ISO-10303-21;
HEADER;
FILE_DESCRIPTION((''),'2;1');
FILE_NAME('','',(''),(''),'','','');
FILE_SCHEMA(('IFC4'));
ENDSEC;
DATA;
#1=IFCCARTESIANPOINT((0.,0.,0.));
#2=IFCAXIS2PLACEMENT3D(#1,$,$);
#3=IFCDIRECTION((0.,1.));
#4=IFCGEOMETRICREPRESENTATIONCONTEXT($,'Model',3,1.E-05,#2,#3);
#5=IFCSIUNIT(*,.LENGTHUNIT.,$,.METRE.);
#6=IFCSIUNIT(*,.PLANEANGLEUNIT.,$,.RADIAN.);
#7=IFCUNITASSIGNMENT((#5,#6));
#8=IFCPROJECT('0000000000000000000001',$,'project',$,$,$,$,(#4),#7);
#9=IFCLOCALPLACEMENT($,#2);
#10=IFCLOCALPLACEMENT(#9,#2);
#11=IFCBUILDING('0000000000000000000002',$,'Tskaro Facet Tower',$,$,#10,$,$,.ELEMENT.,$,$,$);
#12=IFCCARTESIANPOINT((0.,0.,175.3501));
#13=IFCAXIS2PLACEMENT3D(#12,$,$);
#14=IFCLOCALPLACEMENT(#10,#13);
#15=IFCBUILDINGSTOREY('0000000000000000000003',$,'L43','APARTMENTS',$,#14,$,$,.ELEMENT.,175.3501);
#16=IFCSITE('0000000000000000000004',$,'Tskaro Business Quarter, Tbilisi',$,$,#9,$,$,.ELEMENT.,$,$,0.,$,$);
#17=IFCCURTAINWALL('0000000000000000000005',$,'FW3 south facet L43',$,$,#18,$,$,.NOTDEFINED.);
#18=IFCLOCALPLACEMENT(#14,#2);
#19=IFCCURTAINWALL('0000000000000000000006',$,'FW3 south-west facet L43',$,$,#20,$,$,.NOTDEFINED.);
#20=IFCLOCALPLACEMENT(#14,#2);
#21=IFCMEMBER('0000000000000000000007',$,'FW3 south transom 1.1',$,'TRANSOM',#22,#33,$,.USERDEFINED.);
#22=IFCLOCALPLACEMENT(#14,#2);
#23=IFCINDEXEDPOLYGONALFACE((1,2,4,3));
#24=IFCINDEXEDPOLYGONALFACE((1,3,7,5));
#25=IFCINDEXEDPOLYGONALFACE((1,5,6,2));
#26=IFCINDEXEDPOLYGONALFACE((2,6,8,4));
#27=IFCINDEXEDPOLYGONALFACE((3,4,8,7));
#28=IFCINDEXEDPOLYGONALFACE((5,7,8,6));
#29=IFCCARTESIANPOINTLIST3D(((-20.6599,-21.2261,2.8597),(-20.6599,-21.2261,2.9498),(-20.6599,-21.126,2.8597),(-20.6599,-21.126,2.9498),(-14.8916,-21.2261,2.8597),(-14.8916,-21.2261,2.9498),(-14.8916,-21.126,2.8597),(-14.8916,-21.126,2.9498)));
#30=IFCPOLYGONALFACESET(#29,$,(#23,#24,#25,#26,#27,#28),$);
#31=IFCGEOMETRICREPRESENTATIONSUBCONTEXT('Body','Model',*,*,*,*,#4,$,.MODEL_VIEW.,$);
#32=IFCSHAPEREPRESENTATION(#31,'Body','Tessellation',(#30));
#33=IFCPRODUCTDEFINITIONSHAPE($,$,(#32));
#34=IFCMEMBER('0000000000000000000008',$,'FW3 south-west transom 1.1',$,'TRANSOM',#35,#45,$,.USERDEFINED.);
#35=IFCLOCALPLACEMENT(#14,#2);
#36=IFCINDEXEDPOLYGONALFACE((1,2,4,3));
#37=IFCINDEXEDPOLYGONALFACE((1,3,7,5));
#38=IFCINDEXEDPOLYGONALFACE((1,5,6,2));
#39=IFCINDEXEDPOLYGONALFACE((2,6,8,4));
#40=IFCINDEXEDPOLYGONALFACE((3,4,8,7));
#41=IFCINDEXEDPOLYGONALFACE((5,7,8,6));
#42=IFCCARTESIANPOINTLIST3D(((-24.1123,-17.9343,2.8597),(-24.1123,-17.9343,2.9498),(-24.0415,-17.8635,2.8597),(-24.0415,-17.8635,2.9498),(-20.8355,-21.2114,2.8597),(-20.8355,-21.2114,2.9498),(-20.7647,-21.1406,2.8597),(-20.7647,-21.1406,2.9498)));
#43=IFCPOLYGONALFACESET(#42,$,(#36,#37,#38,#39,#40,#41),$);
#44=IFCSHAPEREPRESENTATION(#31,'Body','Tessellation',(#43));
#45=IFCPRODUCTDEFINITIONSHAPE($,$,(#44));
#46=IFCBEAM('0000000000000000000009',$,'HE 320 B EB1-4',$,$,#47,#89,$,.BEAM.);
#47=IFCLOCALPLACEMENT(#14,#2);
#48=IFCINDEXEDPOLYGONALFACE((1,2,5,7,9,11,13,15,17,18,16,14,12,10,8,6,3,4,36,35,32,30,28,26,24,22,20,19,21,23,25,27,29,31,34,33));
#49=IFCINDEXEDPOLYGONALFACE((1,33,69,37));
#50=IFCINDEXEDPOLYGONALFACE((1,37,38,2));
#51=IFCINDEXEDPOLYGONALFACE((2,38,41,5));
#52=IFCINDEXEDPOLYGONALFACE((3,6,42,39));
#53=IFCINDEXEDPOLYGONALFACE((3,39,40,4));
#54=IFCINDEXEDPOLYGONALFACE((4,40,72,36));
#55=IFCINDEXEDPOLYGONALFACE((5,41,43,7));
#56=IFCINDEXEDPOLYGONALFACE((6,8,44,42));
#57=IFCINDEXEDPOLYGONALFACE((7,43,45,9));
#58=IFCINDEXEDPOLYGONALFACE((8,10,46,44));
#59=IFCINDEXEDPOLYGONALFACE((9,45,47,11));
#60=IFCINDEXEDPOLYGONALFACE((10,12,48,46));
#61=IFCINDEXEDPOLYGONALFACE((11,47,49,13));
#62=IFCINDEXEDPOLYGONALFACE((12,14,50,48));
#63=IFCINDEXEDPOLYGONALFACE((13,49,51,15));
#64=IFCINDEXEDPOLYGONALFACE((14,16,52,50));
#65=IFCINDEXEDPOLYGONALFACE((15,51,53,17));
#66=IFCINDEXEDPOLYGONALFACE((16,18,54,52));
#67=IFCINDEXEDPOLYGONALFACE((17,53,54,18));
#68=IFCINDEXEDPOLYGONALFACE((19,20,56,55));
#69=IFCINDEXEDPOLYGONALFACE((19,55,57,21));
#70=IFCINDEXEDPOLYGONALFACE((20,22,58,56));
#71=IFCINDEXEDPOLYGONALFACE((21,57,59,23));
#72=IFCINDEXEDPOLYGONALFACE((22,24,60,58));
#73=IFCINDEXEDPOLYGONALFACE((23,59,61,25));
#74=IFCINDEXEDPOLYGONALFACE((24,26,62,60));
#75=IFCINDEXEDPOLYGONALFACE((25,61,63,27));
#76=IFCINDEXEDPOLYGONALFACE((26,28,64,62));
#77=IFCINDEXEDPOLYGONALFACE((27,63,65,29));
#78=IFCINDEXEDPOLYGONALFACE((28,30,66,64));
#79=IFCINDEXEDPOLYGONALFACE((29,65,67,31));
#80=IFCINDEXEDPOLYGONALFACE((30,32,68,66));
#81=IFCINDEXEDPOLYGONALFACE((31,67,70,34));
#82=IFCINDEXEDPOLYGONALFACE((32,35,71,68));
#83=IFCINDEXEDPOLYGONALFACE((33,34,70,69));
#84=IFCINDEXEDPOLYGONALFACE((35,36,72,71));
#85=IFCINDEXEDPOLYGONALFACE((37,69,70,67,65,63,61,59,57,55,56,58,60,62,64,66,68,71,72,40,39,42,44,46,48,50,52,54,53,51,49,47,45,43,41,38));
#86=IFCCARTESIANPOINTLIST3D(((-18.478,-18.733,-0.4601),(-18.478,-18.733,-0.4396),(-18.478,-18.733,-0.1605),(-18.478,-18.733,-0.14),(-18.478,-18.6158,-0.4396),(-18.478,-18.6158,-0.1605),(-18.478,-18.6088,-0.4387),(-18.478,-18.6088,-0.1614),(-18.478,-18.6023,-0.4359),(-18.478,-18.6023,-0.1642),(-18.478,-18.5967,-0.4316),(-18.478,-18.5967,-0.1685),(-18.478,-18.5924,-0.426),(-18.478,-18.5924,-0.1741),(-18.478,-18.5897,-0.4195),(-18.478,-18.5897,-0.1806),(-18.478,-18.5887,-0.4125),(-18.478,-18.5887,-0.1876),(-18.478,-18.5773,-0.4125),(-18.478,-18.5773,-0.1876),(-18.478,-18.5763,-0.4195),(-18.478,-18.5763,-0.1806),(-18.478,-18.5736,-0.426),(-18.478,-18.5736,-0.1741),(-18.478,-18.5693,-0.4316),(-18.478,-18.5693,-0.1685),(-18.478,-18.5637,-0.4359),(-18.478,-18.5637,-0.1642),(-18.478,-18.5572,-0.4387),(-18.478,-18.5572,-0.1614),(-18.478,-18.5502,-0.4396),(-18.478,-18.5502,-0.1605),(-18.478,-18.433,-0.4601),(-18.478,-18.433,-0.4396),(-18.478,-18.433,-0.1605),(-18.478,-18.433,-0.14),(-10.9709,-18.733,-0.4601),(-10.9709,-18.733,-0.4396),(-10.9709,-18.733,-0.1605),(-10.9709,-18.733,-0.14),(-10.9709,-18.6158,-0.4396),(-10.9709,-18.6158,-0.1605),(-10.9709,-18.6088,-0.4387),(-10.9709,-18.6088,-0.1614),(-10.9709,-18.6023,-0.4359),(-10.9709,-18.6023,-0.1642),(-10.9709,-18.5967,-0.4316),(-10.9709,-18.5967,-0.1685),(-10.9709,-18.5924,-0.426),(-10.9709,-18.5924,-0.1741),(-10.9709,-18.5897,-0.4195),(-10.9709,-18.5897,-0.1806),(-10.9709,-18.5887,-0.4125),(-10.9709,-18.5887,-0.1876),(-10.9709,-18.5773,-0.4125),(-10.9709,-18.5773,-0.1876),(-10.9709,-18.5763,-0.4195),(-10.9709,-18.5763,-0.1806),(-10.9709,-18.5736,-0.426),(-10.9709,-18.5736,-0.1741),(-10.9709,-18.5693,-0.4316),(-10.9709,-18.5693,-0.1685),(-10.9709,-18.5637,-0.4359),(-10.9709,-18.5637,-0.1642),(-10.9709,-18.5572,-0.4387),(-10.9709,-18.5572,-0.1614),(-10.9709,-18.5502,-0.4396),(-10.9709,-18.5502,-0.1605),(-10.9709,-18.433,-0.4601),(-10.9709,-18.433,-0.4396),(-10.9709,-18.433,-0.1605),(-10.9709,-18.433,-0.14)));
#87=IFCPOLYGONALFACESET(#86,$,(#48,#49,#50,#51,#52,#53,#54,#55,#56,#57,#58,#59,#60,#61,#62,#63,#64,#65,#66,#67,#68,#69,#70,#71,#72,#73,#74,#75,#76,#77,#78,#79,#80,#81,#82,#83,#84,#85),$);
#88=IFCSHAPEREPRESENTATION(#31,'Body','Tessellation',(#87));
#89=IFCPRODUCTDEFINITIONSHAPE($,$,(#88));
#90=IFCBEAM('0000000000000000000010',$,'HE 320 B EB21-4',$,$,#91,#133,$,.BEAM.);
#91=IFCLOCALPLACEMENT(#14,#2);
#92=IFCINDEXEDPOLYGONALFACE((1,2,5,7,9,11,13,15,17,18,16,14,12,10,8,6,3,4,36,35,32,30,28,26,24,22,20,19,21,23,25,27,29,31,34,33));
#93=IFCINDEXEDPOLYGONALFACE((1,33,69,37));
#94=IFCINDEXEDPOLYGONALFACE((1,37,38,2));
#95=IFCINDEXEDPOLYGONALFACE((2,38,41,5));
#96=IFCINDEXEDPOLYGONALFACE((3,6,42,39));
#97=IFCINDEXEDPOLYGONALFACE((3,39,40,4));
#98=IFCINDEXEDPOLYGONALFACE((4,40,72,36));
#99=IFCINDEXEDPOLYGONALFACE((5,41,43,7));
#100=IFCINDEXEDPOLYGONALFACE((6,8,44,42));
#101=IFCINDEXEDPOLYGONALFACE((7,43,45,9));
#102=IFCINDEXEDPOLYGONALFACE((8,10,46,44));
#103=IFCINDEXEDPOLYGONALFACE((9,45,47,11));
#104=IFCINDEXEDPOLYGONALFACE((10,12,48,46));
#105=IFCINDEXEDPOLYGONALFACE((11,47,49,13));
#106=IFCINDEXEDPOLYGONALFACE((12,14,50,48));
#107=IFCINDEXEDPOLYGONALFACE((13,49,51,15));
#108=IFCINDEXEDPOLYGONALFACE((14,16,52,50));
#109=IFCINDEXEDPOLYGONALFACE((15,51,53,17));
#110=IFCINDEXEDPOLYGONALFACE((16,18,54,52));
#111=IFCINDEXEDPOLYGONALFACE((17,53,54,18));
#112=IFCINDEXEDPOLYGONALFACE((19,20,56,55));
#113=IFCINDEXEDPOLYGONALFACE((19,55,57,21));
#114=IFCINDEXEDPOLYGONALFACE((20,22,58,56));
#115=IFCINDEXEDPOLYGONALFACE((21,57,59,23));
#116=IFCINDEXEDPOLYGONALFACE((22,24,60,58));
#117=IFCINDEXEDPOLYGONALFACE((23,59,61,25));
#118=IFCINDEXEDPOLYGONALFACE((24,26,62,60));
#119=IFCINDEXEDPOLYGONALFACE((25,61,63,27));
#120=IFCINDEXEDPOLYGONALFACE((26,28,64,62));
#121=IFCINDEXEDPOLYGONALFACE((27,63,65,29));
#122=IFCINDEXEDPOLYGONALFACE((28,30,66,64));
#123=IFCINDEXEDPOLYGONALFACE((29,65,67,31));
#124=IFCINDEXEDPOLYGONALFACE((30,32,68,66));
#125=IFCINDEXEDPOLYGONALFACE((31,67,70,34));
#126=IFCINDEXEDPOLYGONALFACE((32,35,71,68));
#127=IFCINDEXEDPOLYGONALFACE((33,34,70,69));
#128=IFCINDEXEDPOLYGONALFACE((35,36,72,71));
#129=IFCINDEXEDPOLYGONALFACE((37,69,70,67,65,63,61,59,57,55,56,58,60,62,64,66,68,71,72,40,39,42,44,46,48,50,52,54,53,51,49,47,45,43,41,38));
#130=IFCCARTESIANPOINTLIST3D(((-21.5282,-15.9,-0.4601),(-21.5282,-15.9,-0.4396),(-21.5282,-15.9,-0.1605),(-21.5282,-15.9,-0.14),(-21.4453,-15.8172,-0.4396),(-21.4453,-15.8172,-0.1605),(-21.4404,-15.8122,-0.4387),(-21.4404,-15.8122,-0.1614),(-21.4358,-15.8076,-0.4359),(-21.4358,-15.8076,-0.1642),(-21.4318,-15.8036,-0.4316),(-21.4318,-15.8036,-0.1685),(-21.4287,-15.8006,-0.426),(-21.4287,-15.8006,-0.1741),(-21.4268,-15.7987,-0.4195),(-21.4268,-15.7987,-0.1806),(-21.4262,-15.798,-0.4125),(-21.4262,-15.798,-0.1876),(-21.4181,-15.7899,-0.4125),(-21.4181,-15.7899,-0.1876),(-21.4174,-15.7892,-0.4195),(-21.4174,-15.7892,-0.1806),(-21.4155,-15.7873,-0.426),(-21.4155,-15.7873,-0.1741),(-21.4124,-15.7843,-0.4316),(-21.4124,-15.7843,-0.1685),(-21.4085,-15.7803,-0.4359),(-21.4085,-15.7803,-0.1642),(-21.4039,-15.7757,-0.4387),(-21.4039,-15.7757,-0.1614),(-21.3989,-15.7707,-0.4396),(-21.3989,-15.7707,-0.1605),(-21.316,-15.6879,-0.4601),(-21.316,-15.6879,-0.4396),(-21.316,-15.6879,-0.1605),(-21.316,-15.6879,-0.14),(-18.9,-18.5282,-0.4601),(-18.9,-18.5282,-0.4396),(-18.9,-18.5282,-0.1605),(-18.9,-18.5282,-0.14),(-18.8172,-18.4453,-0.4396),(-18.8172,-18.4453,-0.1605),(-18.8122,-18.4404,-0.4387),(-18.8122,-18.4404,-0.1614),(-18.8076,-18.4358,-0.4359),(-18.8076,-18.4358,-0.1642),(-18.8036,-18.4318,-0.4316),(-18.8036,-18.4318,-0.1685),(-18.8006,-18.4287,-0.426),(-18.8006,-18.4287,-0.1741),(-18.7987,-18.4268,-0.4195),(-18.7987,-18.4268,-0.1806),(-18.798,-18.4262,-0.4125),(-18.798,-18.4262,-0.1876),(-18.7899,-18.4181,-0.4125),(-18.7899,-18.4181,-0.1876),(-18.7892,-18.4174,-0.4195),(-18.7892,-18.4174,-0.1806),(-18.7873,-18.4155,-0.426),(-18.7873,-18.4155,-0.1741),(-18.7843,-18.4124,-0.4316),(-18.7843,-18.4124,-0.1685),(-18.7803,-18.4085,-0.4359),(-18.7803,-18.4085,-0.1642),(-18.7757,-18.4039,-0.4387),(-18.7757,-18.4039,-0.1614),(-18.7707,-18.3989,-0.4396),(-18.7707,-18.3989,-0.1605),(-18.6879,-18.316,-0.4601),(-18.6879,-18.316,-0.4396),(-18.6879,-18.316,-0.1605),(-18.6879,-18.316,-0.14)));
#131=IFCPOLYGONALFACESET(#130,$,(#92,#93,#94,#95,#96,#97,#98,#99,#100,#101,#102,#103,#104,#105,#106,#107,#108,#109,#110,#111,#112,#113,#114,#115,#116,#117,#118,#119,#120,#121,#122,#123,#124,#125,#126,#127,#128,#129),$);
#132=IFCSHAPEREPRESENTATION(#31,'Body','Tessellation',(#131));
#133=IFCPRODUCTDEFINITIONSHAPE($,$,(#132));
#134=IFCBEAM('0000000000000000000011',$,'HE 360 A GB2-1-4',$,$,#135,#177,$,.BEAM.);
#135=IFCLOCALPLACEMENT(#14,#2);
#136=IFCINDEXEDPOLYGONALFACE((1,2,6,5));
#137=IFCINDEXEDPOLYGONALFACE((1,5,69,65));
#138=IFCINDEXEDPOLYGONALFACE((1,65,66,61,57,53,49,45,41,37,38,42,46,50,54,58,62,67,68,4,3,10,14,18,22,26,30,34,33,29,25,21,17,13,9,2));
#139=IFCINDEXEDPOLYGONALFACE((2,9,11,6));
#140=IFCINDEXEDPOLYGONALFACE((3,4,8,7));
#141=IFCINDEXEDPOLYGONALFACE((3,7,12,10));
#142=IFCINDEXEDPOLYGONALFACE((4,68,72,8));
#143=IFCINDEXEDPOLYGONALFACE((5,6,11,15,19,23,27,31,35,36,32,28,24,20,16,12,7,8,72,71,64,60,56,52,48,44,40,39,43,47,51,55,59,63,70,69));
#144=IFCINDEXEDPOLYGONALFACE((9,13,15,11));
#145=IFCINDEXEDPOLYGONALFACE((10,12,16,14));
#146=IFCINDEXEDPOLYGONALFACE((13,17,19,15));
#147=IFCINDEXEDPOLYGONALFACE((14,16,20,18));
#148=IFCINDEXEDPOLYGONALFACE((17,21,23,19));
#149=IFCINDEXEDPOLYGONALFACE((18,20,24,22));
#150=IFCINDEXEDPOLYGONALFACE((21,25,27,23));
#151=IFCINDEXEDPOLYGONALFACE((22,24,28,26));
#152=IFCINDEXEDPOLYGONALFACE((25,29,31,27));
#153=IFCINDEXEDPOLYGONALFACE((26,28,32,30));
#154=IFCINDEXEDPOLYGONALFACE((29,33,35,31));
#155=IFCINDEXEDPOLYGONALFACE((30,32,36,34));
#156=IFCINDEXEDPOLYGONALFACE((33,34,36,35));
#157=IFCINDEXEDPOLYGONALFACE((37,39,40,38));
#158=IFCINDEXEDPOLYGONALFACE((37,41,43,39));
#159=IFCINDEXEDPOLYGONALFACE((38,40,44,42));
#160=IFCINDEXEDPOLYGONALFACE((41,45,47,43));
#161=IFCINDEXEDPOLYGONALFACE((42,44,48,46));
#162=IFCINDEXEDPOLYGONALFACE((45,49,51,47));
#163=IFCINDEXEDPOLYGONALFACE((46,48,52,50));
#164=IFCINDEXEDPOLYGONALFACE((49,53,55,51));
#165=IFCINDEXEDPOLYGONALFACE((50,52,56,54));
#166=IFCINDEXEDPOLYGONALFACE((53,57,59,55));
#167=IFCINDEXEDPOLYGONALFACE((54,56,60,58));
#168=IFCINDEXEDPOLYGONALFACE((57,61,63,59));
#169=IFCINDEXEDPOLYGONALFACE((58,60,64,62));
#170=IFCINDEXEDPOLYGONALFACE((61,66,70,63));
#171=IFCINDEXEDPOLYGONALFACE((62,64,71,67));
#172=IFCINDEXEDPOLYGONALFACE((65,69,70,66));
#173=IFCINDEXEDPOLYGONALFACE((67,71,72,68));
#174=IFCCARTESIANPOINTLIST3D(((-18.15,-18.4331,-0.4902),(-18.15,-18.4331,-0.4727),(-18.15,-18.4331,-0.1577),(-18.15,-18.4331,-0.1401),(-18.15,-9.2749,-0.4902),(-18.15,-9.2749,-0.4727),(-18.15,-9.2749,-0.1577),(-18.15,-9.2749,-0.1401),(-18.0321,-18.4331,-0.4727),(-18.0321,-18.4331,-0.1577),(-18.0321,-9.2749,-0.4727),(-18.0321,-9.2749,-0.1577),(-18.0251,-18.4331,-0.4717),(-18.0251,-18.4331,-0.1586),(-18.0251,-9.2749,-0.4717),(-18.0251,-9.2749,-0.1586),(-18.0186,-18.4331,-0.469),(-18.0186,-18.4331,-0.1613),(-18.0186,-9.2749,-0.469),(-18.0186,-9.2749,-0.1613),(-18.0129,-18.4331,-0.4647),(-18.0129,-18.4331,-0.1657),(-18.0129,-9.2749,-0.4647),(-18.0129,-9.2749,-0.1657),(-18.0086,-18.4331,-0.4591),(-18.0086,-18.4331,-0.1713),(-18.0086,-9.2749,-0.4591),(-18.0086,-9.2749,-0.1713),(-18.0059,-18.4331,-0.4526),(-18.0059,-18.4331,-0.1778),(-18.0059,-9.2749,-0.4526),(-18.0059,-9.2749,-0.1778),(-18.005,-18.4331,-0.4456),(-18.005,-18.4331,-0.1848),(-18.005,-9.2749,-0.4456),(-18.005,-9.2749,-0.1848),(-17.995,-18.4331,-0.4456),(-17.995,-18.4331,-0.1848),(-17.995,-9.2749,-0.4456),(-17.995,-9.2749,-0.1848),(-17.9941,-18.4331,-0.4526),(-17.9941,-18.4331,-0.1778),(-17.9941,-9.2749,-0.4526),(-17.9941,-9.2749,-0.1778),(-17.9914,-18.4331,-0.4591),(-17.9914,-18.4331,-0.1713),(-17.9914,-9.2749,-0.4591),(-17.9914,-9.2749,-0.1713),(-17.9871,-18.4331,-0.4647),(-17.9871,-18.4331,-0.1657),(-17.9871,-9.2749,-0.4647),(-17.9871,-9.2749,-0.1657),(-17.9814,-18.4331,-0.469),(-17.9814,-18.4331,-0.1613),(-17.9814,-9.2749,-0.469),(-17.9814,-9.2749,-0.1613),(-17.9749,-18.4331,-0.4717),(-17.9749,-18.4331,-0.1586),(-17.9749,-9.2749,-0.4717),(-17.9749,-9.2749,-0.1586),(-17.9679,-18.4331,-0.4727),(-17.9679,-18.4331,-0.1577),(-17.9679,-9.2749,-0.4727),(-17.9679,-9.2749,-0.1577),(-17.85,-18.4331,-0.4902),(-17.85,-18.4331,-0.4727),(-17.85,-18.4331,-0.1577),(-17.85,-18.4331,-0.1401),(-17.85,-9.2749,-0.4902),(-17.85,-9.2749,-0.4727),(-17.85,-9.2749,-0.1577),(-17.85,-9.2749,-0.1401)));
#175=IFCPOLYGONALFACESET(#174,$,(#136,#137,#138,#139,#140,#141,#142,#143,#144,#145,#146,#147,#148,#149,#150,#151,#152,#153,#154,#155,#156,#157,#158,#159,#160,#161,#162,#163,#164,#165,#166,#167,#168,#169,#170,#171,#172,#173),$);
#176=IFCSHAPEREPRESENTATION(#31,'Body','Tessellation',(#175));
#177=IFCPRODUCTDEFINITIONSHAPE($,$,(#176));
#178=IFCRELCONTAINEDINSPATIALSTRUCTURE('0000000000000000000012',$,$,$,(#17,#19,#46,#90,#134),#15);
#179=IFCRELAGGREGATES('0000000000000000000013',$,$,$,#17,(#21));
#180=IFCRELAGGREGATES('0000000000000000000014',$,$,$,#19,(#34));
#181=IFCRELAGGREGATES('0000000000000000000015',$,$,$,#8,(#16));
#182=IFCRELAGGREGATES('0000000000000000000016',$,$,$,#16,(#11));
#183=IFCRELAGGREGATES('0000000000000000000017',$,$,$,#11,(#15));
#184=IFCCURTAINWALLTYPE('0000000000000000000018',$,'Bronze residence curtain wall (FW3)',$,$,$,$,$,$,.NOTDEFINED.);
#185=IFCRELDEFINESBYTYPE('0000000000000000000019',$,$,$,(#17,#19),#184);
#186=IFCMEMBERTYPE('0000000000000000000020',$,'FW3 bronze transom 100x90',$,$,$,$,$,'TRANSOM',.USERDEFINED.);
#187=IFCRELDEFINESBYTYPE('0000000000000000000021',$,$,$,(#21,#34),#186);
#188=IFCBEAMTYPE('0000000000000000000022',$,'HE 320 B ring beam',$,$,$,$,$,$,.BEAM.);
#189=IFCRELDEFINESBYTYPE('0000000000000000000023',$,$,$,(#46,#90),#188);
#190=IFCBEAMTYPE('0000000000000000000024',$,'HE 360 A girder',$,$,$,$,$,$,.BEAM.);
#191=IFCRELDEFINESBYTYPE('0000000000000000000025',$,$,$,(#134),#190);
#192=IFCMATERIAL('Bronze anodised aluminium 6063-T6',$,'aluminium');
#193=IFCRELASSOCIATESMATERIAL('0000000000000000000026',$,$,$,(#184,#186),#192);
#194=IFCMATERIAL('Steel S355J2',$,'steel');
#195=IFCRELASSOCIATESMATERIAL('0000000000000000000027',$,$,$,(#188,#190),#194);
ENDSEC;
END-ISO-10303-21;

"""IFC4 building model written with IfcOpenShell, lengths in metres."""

from ifc_helpers import new_model, si_unit, direction, frame, origin, origin_2d, place, context, subcontext, project, spatial, rectangle, i_section, extrude, material, material_profile, profile_set, type_object, element, aggregate, save


model = new_model("IFC4")

# Units and contexts
model_context = context("Model", 3, precision=1e-05, world=origin(), true_north=direction((0.0, 1.0)))
body_context = subcontext(model_context, "Body", "Model", "MODEL_VIEW")
ifc_project = project(units=[si_unit("LENGTHUNIT", "METRE"), si_unit("PLANEANGLEUNIT", "RADIAN")], contexts=[model_context])

# Site, building, storey
site_placement = place(None, origin())
site = spatial("IfcSite", under=ifc_project, at=site_placement, Name="Tskaro Business Quarter, Tbilisi", CompositionType="ELEMENT", RefElevation=0.0)
building_placement = place(site_placement, origin())
building = spatial("IfcBuilding", under=site, at=building_placement, Name="Tskaro Facet Tower", CompositionType="ELEMENT")
storey_placement = place(building_placement, frame((0.0, 0.0, 175.3501)))
storey = spatial("IfcBuildingStorey", under=building, at=storey_placement, Name="L43", Description="APARTMENTS", CompositionType="ELEMENT", Elevation=175.3501)

# Curtain walls
ifc_material_1 = material(Name="Bronze anodised aluminium 6063-T6", Category="aluminium")
curtain_wall_type = type_object("IfcCurtainWallType", Name="Bronze residence curtain wall (FW3)", PredefinedType="NOTDEFINED", material=ifc_material_1)
curtain_wall_1_placement = place(storey_placement, origin())
curtain_wall_1 = element("IfcCurtainWall", 1, at=curtain_wall_1_placement, inside=storey, type_object=curtain_wall_type, Name="FW3 south facet L43", PredefinedType="NOTDEFINED")
curtain_wall_2_placement = place(storey_placement, origin())
curtain_wall_2 = element("IfcCurtainWall", 2, at=curtain_wall_2_placement, inside=storey, type_object=curtain_wall_type, Name="FW3 south-west facet L43", PredefinedType="NOTDEFINED")

# Members
ifc_material_profile_1 = material_profile(ifc_material_1, rectangle(XDim=0.1001, YDim=0.0901, at=origin_2d()), Name="Transom 100x90")
ifc_profile_set_1 = profile_set([ifc_material_profile_1], Name="Bronze anodised aluminium 6063-T6")
member_type_1 = type_object("IfcMemberType", Name="FW3 bronze transom 100x90", ElementType="TRANSOM", PredefinedType="USERDEFINED", material=ifc_profile_set_1)
member_1_placement = place(storey_placement, frame((-20.6599, -21.176, 2.9048), z_axis=(1.0, 0.0, 0.0), x_axis=(0.0, 1.0, 0.0)))
member_1 = element("IfcMember", 3, at=member_1_placement, type_object=member_type_1, Name="FW3 south transom 1.1", ObjectType="TRANSOM", PredefinedType="USERDEFINED", context=body_context, shape_type="SweptSolid", body=[
    extrude(rectangle(XDim=0.1001, YDim=0.0901, at=origin_2d()), origin(), (0.0, 0.0, 1.0), 5.7683),
])
aggregate(curtain_wall_1, [member_1])
member_2_placement = place(storey_placement, frame((-24.0769, -17.8989, 2.9048), z_axis=(0.70708, -0.707133, 0.0), x_axis=(0.707133, 0.70708, 0.0)))
member_2 = element("IfcMember", 4, at=member_2_placement, type_object=member_type_1, Name="FW3 south-west transom 1.1", ObjectType="TRANSOM", PredefinedType="USERDEFINED", context=body_context, shape_type="SweptSolid", body=[
    extrude(rectangle(XDim=0.1001, YDim=0.0901, at=origin_2d()), origin(), (0.0, 0.0, 1.0), 4.6343),
])

# Beams
ifc_material_2 = material(Name="Steel S355J2", Category="steel")
ifc_material_profile_2 = material_profile(ifc_material_2, i_section(OverallWidth=0.3, OverallDepth=0.3201, WebThickness=0.0115, FlangeThickness=0.0205, FilletRadius=0.0271, at=origin_2d()), Name="HE 320 B")
ifc_profile_set_2 = profile_set([ifc_material_profile_2], Name="Steel S355J2")
beam_type_1 = type_object("IfcBeamType", Name="HE 320 B ring beam", PredefinedType="BEAM", material=ifc_profile_set_2)
beam_1_placement = place(storey_placement, frame((-18.478, -18.583, -0.3), z_axis=(1.0, 0.0, 0.0), x_axis=(0.0, 1.0, 0.0)))
element("IfcBeam", 5, at=beam_1_placement, inside=storey, type_object=beam_type_1, Name="HE 320 B EB1-4", PredefinedType="BEAM", context=body_context, shape_type="SweptSolid", body=[
    extrude(i_section(OverallWidth=0.3, OverallDepth=0.3201, WebThickness=0.0115, FlangeThickness=0.0205, FilletRadius=0.0271, at=origin_2d()), origin(), (0.0, 0.0, 1.0), 7.5071),
])
beam_2_placement = place(storey_placement, frame((-21.4221, -15.7939, -0.3), z_axis=(0.707107, -0.707107, 0.0), x_axis=(0.707107, 0.707107, 0.0)))
element("IfcBeam", 6, at=beam_2_placement, inside=storey, type_object=beam_type_1, Name="HE 320 B EB21-4", PredefinedType="BEAM", context=body_context, shape_type="SweptSolid", body=[
    extrude(i_section(OverallWidth=0.3, OverallDepth=0.3201, WebThickness=0.0115, FlangeThickness=0.0205, FilletRadius=0.0271, at=origin_2d()), origin(), (0.0, 0.0, 1.0), 3.7168),
])
ifc_material_profile_3 = material_profile(ifc_material_2, i_section(OverallWidth=0.3, OverallDepth=0.3501, WebThickness=0.01, FlangeThickness=0.0176, FilletRadius=0.0271, at=origin_2d()), Name="HE 360 A")
ifc_profile_set_3 = profile_set([ifc_material_profile_3], Name="Steel S355J2")
beam_type_2 = type_object("IfcBeamType", Name="HE 360 A girder", PredefinedType="BEAM", material=ifc_profile_set_3)
beam_3_placement = place(storey_placement, frame((-18.0, -18.4331, -0.3152), z_axis=(0.0, 1.0, 0.0), x_axis=(-1.0, 0.0, 0.0)))
element("IfcBeam", 7, at=beam_3_placement, inside=storey, type_object=beam_type_2, Name="HE 360 A GB2-1-4", PredefinedType="BEAM", context=body_context, shape_type="SweptSolid", body=[
    extrude(i_section(OverallWidth=0.3, OverallDepth=0.3501, WebThickness=0.01, FlangeThickness=0.0176, FilletRadius=0.0271, at=origin_2d()), origin(), (0.0, 0.0, 1.0), 9.1582),
])

aggregate(curtain_wall_2, [member_2])

save(model, "model.ifc")
